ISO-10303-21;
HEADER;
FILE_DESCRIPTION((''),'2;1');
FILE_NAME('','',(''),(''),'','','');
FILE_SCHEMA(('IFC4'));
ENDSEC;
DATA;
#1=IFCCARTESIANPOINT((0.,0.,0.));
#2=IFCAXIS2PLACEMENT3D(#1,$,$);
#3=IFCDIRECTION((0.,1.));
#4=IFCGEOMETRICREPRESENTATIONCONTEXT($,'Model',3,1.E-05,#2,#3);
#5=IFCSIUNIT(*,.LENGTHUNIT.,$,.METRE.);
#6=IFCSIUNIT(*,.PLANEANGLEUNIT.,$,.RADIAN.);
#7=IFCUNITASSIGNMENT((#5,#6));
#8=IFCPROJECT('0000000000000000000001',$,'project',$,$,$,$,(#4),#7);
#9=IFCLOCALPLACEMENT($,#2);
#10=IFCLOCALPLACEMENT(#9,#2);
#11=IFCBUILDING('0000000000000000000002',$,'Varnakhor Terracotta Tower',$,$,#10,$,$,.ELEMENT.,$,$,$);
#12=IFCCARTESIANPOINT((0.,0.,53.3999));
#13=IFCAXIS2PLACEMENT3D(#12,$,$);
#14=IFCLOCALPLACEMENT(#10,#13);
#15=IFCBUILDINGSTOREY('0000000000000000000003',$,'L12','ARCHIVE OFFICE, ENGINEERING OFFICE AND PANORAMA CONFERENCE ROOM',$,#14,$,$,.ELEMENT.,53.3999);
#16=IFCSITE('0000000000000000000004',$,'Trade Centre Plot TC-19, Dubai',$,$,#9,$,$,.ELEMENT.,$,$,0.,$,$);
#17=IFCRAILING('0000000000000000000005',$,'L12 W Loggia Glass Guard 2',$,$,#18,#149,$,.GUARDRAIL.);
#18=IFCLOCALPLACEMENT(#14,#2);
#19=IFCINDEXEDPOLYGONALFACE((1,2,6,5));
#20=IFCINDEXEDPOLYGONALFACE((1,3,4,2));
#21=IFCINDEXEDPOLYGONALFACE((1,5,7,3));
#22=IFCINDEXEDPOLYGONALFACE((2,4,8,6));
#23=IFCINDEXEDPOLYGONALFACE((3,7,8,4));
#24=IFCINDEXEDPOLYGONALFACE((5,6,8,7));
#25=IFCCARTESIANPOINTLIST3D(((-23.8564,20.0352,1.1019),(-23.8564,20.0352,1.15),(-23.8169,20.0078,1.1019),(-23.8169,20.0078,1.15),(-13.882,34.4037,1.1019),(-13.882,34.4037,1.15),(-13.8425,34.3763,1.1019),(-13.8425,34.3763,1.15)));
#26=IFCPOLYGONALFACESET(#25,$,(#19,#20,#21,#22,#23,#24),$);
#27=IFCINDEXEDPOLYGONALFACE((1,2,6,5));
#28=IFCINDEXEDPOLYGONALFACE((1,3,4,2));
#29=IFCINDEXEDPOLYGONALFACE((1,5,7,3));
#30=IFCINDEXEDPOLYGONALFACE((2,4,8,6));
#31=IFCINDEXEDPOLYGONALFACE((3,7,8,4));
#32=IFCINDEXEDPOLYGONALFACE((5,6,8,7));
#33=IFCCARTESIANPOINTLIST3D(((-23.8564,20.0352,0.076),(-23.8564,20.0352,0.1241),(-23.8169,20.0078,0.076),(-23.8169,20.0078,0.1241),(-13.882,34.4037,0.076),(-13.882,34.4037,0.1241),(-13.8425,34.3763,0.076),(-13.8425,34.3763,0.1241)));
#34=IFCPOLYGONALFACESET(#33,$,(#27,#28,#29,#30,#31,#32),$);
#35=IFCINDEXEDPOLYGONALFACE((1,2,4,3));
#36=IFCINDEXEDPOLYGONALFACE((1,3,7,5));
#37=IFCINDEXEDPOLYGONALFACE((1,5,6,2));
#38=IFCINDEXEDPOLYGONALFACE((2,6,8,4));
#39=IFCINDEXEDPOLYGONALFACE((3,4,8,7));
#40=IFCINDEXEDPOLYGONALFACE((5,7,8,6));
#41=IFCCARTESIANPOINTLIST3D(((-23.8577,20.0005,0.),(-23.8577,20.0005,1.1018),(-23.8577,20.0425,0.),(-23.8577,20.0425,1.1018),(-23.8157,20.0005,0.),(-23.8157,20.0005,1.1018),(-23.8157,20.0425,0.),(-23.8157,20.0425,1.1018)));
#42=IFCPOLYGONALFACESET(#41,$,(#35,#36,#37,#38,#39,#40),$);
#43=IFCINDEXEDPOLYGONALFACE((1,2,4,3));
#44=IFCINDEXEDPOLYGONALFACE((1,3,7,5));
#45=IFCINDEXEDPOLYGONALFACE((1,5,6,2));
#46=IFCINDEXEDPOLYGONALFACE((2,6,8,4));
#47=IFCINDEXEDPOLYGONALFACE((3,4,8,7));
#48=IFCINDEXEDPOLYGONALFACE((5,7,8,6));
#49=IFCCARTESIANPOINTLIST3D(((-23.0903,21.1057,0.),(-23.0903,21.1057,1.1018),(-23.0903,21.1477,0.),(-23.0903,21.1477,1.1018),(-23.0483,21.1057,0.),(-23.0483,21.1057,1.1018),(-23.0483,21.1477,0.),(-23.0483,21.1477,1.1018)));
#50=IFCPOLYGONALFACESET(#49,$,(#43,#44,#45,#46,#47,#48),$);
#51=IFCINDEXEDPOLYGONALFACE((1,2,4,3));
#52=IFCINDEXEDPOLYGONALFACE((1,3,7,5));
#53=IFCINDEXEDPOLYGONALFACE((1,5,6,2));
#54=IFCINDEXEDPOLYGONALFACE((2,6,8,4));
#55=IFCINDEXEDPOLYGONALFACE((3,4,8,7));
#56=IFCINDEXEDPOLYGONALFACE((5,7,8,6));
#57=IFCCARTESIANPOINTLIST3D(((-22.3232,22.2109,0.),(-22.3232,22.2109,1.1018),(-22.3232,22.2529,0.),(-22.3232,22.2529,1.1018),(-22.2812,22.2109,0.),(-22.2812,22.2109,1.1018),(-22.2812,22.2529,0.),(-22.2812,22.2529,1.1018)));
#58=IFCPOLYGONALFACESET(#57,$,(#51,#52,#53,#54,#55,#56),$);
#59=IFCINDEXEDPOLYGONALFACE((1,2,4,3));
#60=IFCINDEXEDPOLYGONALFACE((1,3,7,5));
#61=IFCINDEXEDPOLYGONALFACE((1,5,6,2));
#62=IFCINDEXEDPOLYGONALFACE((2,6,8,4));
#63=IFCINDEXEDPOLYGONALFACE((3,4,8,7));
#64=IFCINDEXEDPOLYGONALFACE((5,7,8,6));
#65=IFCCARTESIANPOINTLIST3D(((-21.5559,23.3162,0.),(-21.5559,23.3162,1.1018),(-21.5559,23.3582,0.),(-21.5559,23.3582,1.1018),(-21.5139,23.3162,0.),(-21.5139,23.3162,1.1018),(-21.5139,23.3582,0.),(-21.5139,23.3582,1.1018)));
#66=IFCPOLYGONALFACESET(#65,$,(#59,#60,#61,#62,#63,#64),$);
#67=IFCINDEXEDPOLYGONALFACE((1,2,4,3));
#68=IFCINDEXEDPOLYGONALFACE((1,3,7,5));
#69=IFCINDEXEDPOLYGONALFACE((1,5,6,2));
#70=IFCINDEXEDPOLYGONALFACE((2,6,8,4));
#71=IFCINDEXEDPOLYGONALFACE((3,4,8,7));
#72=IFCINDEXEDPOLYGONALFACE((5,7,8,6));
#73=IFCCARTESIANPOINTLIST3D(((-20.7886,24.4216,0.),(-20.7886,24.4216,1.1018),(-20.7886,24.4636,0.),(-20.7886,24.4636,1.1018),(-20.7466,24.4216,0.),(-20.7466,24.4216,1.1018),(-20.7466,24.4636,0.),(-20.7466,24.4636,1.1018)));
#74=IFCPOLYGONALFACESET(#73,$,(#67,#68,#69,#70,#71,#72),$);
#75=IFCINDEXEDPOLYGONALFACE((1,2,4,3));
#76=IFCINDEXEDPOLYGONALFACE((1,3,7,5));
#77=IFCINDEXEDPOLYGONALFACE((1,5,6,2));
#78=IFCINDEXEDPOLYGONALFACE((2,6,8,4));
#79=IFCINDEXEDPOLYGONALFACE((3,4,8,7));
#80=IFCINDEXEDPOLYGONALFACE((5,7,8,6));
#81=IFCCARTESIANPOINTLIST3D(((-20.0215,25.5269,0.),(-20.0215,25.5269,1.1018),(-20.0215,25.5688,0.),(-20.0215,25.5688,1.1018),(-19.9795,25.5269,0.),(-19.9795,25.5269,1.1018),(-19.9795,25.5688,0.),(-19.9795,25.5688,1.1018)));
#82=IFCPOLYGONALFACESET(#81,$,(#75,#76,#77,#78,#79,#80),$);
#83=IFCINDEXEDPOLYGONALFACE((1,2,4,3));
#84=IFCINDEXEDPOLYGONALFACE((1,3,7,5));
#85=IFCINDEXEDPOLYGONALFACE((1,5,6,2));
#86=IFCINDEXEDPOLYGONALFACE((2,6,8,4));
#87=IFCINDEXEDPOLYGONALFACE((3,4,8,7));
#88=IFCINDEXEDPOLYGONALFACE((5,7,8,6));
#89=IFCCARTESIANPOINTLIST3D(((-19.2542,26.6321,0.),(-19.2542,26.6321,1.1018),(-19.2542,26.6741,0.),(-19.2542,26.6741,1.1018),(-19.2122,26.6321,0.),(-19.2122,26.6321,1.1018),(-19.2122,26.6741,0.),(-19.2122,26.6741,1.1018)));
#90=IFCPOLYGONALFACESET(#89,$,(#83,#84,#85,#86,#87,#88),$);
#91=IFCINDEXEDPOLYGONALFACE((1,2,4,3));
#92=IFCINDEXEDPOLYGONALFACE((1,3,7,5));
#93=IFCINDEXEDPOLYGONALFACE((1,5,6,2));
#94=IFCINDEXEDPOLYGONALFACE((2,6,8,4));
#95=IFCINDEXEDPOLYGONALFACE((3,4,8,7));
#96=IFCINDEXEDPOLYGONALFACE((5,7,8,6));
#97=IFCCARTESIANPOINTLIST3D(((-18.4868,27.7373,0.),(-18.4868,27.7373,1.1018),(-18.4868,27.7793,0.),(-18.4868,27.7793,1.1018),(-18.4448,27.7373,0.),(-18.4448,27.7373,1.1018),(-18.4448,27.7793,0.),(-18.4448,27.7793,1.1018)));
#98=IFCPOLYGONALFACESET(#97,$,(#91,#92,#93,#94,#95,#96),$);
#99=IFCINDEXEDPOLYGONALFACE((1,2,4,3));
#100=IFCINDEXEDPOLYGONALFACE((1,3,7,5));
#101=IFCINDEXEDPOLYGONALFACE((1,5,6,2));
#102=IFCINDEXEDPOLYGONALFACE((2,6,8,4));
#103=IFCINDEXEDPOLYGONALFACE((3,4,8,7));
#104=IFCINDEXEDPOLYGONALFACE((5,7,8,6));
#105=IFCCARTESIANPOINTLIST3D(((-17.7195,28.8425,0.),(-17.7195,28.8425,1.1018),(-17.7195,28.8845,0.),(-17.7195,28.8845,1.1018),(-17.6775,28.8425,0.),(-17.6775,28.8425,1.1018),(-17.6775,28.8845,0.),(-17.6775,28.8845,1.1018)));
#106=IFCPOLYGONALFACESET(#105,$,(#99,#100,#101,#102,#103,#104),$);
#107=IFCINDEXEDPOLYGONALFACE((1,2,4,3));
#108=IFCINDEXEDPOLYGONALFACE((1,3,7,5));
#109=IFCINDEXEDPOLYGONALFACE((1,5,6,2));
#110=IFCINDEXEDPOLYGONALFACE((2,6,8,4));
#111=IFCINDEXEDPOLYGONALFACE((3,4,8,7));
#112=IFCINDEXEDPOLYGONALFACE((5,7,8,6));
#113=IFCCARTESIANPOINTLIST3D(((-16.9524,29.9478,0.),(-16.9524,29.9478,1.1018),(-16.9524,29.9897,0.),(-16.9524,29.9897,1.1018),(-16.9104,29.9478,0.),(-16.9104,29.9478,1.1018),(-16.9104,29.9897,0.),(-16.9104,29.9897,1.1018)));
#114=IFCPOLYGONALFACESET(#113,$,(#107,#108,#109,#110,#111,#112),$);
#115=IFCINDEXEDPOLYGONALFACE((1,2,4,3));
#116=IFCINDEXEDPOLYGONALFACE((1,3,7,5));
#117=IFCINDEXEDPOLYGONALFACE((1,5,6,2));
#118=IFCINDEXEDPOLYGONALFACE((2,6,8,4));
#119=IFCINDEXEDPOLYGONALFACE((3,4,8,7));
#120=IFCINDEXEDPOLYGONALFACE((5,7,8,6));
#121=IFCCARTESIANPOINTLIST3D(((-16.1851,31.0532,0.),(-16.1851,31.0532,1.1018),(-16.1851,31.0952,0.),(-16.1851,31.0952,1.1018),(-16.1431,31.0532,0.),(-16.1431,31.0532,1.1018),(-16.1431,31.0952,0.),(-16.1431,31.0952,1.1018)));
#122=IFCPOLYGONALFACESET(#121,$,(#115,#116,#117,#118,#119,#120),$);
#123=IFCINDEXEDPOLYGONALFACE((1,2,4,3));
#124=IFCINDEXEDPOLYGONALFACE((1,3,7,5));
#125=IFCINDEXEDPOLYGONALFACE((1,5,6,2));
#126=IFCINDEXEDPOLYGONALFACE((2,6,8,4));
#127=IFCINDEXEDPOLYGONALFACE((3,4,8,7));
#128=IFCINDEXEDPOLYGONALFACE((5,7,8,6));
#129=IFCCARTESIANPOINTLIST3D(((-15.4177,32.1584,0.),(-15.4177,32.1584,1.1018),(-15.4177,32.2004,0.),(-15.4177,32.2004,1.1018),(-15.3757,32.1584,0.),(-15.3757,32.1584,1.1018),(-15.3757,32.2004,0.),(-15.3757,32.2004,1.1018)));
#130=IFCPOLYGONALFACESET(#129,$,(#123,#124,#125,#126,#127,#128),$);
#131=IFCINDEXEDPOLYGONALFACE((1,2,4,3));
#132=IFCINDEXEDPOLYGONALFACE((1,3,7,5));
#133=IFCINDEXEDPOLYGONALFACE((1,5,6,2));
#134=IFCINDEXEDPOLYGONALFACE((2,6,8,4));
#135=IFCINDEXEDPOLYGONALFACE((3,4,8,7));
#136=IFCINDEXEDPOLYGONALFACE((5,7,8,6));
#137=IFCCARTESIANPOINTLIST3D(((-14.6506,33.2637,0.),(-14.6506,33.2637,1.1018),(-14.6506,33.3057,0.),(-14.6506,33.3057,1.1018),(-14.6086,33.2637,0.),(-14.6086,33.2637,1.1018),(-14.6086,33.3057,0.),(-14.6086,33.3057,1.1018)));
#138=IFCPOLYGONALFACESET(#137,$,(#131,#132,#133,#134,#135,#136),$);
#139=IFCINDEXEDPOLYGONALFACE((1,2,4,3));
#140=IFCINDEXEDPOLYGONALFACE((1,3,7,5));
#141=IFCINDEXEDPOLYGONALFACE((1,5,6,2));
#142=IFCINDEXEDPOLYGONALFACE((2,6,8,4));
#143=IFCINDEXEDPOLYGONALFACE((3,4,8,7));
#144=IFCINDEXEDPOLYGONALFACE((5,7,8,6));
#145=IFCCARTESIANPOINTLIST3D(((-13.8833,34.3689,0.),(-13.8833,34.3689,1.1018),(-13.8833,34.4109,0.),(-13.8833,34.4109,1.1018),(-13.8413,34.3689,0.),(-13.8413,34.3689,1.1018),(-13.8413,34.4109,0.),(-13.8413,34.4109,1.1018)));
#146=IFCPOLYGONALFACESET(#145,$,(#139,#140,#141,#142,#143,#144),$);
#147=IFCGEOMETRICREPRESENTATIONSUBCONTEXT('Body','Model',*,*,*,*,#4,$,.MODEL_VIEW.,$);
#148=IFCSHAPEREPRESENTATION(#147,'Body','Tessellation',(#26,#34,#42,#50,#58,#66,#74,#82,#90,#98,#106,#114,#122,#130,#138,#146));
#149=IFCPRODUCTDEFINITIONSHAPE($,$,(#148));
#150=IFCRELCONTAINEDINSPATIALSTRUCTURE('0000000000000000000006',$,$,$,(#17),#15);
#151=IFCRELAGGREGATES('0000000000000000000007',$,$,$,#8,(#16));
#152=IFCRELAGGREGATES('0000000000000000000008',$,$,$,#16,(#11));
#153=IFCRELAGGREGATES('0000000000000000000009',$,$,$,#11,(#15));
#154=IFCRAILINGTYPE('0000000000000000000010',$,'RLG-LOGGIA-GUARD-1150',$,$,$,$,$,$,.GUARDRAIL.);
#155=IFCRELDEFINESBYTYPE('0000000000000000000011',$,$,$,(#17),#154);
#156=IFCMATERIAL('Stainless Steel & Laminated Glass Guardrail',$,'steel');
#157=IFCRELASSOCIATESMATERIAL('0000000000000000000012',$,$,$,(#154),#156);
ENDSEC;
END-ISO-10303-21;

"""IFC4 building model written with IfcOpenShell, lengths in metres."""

from ifc_helpers import new_model, si_unit, direction, frame, origin, origin_2d, place, context, subcontext, project, spatial, rectangle, extrude, material, type_object, element, save


model = new_model("IFC4")

# Units and contexts
model_context = context("Model", 3, precision=1e-05, world=origin(), true_north=direction((0.0, 1.0)))
body_context = subcontext(model_context, "Body", "Model", "MODEL_VIEW")
ifc_project = project(units=[si_unit("LENGTHUNIT", "METRE"), si_unit("PLANEANGLEUNIT", "RADIAN")], contexts=[model_context])

# Site, building, storey
site_placement = place(None, origin())
site = spatial("IfcSite", under=ifc_project, at=site_placement, Name="Trade Centre Plot TC-19, Dubai", CompositionType="ELEMENT", RefElevation=0.0)
building_placement = place(site_placement, origin())
building = spatial("IfcBuilding", under=site, at=building_placement, Name="Varnakhor Terracotta Tower", CompositionType="ELEMENT")
storey_placement = place(building_placement, frame((0.0, 0.0, 53.3999)))
storey = spatial("IfcBuildingStorey", under=building, at=storey_placement, Name="L12", Description="ARCHIVE OFFICE, ENGINEERING OFFICE AND PANORAMA CONFERENCE ROOM", CompositionType="ELEMENT", Elevation=53.3999)

# Railing
ifc_material_1 = material(Name="Stainless Steel & Laminated Glass Guardrail", Category="steel")
railing_type = type_object("IfcRailingType", Name="RLG-LOGGIA-GUARD-1150", PredefinedType="GUARDRAIL", material=ifc_material_1)
railing_1_placement = place(storey_placement, frame((-23.8367, 20.0215, 0.0)))
element("IfcRailing", 1, at=railing_1_placement, inside=storey, type_object=railing_type, Name="L12 W Loggia Glass Guard 2", PredefinedType="GUARDRAIL", context=body_context, shape_type="SweptSolid", body=[
    extrude(rectangle(XDim=0.0481, YDim=0.0481, at=origin_2d()), frame((0.0, 0.0, 1.126), z_axis=(0.570253, 0.821469, 0.0), x_axis=(-0.821469, 0.570253, 0.0)), (0.0, 0.0, 1.0), 17.4912),
    extrude(rectangle(XDim=0.0481, YDim=0.0481, at=origin_2d()), frame((0.0, 0.0, 0.1001), z_axis=(0.570253, 0.821469, 0.0), x_axis=(-0.821469, 0.570253, 0.0)), (0.0, 0.0, 1.0), 17.4912),
    extrude(rectangle(XDim=0.042, YDim=0.042, at=origin_2d()), origin(), (0.0, 0.0, 1.0), 1.1018),
    extrude(rectangle(XDim=0.042, YDim=0.042, at=origin_2d()), frame((0.7673, 1.1052, 0.0)), (0.0, 0.0, 1.0), 1.1018),
    extrude(rectangle(XDim=0.042, YDim=0.042, at=origin_2d()), frame((1.5344, 2.2104, 0.0)), (0.0, 0.0, 1.0), 1.1018),
    extrude(rectangle(XDim=0.042, YDim=0.042, at=origin_2d()), frame((2.3018, 3.3157, 0.0)), (0.0, 0.0, 1.0), 1.1018),
    extrude(rectangle(XDim=0.042, YDim=0.042, at=origin_2d()), frame((3.0691, 4.4211, 0.0)), (0.0, 0.0, 1.0), 1.1018),
    extrude(rectangle(XDim=0.042, YDim=0.042, at=origin_2d()), frame((3.8362, 5.5264, 0.0)), (0.0, 0.0, 1.0), 1.1018),
    extrude(rectangle(XDim=0.042, YDim=0.042, at=origin_2d()), frame((4.6035, 6.6316, 0.0)), (0.0, 0.0, 1.0), 1.1018),
    extrude(rectangle(XDim=0.042, YDim=0.042, at=origin_2d()), frame((5.3708, 7.7368, 0.0)), (0.0, 0.0, 1.0), 1.1018),
    extrude(rectangle(XDim=0.042, YDim=0.042, at=origin_2d()), frame((6.1382, 8.842, 0.0)), (0.0, 0.0, 1.0), 1.1018),
    extrude(rectangle(XDim=0.042, YDim=0.042, at=origin_2d()), frame((6.9053, 9.9473, 0.0)), (0.0, 0.0, 1.0), 1.1018),
    extrude(rectangle(XDim=0.042, YDim=0.042, at=origin_2d()), frame((7.6726, 11.0527, 0.0)), (0.0, 0.0, 1.0), 1.1018),
    extrude(rectangle(XDim=0.042, YDim=0.042, at=origin_2d()), frame((8.4399, 12.158, 0.0)), (0.0, 0.0, 1.0), 1.1018),
    extrude(rectangle(XDim=0.042, YDim=0.042, at=origin_2d()), frame((9.207, 13.2632, 0.0)), (0.0, 0.0, 1.0), 1.1018),
    extrude(rectangle(XDim=0.042, YDim=0.042, at=origin_2d()), frame((9.9744, 14.3684, 0.0)), (0.0, 0.0, 1.0), 1.1018),
])

save(model, "model.ifc")
